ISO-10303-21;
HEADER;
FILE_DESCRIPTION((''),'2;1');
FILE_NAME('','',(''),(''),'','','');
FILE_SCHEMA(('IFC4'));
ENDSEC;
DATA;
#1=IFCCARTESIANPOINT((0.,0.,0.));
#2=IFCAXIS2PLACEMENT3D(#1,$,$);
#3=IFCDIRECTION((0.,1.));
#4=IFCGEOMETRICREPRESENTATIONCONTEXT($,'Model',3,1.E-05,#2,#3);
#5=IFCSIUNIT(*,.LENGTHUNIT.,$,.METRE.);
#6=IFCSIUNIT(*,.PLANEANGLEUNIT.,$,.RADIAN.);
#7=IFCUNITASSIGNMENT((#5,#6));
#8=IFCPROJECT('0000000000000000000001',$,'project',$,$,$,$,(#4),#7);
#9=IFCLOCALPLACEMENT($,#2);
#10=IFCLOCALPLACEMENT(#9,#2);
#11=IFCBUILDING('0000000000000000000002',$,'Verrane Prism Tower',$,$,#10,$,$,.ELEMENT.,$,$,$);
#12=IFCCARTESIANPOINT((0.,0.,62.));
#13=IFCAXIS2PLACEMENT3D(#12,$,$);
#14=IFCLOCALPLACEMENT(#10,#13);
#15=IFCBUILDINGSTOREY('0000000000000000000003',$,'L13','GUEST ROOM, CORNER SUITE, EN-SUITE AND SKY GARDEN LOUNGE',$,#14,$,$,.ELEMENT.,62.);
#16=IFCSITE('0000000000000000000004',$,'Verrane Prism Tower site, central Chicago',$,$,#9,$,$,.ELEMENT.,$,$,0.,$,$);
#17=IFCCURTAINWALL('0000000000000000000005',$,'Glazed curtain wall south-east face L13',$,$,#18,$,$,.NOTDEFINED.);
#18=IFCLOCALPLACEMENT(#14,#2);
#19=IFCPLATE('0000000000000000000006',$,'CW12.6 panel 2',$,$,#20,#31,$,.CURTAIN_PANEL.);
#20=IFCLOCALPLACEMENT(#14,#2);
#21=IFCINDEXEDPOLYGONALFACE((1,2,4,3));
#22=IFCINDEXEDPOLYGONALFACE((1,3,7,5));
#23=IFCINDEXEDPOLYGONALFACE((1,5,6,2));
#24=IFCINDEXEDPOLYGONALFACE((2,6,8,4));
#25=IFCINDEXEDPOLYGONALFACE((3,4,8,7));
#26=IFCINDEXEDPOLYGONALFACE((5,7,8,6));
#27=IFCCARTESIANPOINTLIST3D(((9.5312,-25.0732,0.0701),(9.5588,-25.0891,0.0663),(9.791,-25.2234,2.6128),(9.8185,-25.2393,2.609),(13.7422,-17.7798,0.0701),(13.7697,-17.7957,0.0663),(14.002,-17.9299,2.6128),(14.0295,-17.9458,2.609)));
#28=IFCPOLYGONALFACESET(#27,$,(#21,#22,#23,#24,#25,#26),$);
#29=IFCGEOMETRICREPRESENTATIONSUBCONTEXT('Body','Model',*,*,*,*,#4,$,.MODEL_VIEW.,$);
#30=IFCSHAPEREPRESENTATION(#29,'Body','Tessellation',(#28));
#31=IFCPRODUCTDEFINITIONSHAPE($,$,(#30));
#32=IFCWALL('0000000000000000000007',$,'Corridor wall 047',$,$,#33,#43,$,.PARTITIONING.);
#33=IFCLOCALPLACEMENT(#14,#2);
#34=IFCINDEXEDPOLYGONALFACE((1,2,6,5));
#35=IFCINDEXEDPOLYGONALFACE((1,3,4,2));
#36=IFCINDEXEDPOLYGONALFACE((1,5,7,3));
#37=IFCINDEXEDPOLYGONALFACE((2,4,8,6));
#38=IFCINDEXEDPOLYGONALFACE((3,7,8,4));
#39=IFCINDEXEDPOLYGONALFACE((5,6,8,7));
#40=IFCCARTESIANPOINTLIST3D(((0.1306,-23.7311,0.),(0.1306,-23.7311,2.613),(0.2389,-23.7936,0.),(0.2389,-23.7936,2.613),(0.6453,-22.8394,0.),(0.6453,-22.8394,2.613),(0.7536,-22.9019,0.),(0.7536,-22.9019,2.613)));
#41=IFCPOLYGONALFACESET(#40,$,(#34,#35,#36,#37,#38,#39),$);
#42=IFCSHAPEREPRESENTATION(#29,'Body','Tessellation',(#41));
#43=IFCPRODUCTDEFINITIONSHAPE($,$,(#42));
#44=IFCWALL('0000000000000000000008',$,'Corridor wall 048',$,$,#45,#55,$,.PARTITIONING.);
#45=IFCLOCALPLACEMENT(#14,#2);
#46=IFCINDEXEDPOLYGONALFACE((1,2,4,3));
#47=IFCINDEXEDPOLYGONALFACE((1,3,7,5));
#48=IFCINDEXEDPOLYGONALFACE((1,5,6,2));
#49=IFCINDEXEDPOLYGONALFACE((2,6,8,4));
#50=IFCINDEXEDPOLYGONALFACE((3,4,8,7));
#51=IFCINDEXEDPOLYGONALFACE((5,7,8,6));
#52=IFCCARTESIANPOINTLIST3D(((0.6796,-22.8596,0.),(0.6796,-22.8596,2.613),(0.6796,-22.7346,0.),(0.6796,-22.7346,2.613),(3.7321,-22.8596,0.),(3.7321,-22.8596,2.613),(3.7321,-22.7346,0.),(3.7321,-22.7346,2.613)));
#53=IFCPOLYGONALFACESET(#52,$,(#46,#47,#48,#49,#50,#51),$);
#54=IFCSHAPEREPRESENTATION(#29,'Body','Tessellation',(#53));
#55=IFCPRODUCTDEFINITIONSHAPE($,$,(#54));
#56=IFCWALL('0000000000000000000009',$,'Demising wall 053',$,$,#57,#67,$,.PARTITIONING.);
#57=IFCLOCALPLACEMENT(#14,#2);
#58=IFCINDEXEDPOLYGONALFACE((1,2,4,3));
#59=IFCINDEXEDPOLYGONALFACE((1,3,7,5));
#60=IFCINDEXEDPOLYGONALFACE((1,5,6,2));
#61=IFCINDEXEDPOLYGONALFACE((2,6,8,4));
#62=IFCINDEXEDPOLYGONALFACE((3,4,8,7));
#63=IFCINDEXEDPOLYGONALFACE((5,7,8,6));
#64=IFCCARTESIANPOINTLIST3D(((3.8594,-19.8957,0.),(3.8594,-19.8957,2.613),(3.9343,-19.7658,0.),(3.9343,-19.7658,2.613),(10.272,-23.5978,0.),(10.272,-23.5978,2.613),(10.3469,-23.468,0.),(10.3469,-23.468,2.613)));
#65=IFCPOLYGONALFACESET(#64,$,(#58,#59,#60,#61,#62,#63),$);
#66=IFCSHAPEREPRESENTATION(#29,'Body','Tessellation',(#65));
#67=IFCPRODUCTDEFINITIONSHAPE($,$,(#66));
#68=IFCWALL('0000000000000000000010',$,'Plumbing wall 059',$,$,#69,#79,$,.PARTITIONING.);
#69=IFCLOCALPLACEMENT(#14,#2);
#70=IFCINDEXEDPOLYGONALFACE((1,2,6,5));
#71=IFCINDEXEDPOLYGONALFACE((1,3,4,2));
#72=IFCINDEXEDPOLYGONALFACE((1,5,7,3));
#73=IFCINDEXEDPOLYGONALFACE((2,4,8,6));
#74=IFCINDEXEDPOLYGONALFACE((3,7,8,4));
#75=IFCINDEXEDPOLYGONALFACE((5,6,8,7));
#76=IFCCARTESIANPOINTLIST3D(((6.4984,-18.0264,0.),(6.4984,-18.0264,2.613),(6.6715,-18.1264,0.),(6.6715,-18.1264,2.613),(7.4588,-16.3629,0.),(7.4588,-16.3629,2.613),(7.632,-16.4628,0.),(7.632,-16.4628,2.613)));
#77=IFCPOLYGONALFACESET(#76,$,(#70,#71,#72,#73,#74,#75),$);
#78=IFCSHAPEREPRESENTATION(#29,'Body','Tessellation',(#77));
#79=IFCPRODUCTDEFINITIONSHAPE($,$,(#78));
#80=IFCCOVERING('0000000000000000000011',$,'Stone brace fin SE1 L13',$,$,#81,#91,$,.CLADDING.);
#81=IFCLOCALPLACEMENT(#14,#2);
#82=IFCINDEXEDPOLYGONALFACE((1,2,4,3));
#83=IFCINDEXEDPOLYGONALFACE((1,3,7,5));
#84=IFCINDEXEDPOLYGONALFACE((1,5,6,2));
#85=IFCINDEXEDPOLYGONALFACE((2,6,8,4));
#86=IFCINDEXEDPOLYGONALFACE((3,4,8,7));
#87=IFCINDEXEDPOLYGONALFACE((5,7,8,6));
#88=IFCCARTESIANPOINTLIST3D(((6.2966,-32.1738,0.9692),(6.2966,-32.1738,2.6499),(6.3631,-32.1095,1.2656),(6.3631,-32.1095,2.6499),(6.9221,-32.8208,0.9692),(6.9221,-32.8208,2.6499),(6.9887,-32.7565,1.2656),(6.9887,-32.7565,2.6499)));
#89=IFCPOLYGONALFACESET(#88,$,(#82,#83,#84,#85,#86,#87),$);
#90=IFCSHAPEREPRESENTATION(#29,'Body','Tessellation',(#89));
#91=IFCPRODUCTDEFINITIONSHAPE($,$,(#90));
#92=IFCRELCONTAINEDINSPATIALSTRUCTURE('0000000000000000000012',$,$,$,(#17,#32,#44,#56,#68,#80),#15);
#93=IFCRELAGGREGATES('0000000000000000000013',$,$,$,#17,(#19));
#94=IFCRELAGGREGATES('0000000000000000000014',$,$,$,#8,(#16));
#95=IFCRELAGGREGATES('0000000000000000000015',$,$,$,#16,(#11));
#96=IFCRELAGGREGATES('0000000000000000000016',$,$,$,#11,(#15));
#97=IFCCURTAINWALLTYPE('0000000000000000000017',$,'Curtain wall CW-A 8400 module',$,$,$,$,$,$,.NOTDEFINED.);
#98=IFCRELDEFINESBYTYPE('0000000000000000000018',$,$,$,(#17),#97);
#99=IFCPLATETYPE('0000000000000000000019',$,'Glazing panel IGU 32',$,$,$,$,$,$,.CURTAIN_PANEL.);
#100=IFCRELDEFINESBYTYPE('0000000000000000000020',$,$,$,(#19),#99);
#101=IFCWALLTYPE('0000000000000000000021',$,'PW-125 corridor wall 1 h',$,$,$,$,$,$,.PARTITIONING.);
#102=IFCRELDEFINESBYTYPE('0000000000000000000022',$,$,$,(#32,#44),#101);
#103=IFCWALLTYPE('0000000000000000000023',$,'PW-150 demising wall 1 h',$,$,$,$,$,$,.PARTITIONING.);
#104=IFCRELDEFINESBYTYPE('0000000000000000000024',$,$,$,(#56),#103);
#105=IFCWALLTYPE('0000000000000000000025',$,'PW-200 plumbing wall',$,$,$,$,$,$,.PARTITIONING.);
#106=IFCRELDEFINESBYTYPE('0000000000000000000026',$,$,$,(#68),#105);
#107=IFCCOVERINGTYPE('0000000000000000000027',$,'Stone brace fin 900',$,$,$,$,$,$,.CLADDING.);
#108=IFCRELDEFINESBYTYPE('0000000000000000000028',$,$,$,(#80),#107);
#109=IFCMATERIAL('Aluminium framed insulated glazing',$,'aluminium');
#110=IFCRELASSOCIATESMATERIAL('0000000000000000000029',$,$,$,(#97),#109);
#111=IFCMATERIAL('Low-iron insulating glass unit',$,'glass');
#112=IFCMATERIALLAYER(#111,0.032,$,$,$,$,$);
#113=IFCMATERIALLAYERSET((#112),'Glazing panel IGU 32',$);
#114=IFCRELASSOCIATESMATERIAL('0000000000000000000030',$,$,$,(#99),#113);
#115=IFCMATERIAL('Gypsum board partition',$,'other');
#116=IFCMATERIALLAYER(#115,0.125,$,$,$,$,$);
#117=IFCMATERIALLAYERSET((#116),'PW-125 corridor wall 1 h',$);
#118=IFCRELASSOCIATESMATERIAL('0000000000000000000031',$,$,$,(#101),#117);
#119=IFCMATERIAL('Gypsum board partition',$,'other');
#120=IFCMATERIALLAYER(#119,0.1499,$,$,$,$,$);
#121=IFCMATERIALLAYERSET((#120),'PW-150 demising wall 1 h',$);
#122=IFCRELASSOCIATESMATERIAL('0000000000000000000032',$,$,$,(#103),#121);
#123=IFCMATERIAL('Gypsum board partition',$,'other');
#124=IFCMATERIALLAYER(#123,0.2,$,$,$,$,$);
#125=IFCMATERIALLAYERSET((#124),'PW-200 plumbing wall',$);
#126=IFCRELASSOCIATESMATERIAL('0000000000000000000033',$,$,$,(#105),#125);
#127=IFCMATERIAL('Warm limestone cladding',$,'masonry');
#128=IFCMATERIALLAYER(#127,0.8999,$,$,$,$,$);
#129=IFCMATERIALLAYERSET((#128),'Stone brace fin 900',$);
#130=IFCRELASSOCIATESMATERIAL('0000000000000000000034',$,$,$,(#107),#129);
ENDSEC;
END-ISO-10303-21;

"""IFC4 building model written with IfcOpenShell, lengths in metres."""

from ifc_helpers import new_model, si_unit, direction, frame, frame_2d, origin, place, context, subcontext, project, spatial, polyline, rectangle, outline, extrude, material, layer, layer_set, type_object, element, aggregate, save


model = new_model("IFC4")

# Units and contexts
model_context = context("Model", 3, precision=1e-05, world=origin(), true_north=direction((0.0, 1.0)))
body_context = subcontext(model_context, "Body", "Model", "MODEL_VIEW")
ifc_project = project(units=[si_unit("LENGTHUNIT", "METRE"), si_unit("PLANEANGLEUNIT", "RADIAN")], contexts=[model_context])

# Site, building, storey
site_placement = place(None, origin())
site = spatial("IfcSite", under=ifc_project, at=site_placement, Name="Verrane Prism Tower site, central Chicago", CompositionType="ELEMENT", RefElevation=0.0)
building_placement = place(site_placement, origin())
building = spatial("IfcBuilding", under=site, at=building_placement, Name="Verrane Prism Tower", CompositionType="ELEMENT")
storey_placement = place(building_placement, frame((0.0, 0.0, 62.0)))
storey = spatial("IfcBuildingStorey", under=building, at=storey_placement, Name="L13", Description="GUEST ROOM, CORNER SUITE, EN-SUITE AND SKY GARDEN LOUNGE", CompositionType="ELEMENT", Elevation=62.0)

# Curtain wall
ifc_material_1 = material(Name="Aluminium framed insulated glazing", Category="aluminium")
curtain_wall_type = type_object("IfcCurtainWallType", Name="Curtain wall CW-A 8400 module", PredefinedType="NOTDEFINED", material=ifc_material_1)
curtain_wall_placement = place(storey_placement, origin())
curtain_wall = element("IfcCurtainWall", 1, at=curtain_wall_placement, inside=storey, type_object=curtain_wall_type, Name="Glazed curtain wall south-east face L13", PredefinedType="NOTDEFINED")

# Plate
ifc_material_2 = material(Name="Low-iron insulating glass unit", Category="glass")
ifc_layer_1 = layer(ifc_material_2, 0.032)
ifc_layer_set_1 = layer_set([ifc_layer_1], Name="Glazing panel IGU 32")
plate_type = type_object("IfcPlateType", Name="Glazing panel IGU 32", PredefinedType="CURTAIN_PANEL", material=ifc_layer_set_1)
plate_1_placement = place(storey_placement, frame((9.5312, -25.0732, 0.0701), z_axis=(-0.860056, 0.49656, 0.117185), x_axis=(0.500005, 0.866022, 0.0)))
plate_1 = element("IfcPlate", 2, at=plate_1_placement, type_object=plate_type, Name="CW12.6 panel 2", PredefinedType="CURTAIN_PANEL", context=body_context, shape_type="SweptSolid", body=[
    extrude(outline(polyline([(0.0, 0.0), (8.4218, 0.0), (8.4216, -2.5604), (-0.0001, -2.5604), (0.0, 0.0)])), origin(), (0.0, 0.0, -1.0), 0.032),
])
aggregate(curtain_wall, [plate_1])

# Walls
ifc_material_3 = material(Name="Gypsum board partition", Category="other")
ifc_layer_2 = layer(ifc_material_3, 0.125)
ifc_layer_set_2 = layer_set([ifc_layer_2], Name="PW-125 corridor wall 1 h")
wall_type_1 = type_object("IfcWallType", Name="PW-125 corridor wall 1 h", PredefinedType="PARTITIONING", material=ifc_layer_set_2)
wall_1_placement = place(storey_placement, frame((0.1848, -23.7622, 0.0), z_axis=(0.0, 0.0, 1.0), x_axis=(0.499914, 0.866075, 0.0)))
element("IfcWall", 3, at=wall_1_placement, inside=storey, type_object=wall_type_1, Name="Corridor wall 047", PredefinedType="PARTITIONING", context=body_context, shape_type="SweptSolid", body=[
    extrude(rectangle(XDim=1.0295, YDim=0.125, at=frame_2d((0.5146, 0.0))), origin(), (0.0, 0.0, 1.0), 2.613),
])
wall_2_placement = place(storey_placement, frame((0.6794, -22.7971, 0.0), z_axis=(0.0, 0.0, 1.0), x_axis=(1.0, 0.0, 0.0)))
element("IfcWall", 4, at=wall_2_placement, inside=storey, type_object=wall_type_1, Name="Corridor wall 048", PredefinedType="PARTITIONING", context=body_context, shape_type="SweptSolid", body=[
    extrude(rectangle(XDim=3.0525, YDim=0.125, at=frame_2d((1.5264, 0.0))), origin(), (0.0, 0.0, 1.0), 2.613),
])
ifc_material_4 = material(Name="Gypsum board partition", Category="other")
ifc_layer_3 = layer(ifc_material_4, 0.1499)
ifc_layer_set_3 = layer_set([ifc_layer_3], Name="PW-150 demising wall 1 h")
wall_type_2 = type_object("IfcWallType", Name="PW-150 demising wall 1 h", PredefinedType="PARTITIONING", material=ifc_layer_set_3)
wall_3_placement = place(storey_placement, frame((3.897, -19.8308, 0.0), z_axis=(0.0, 0.0, 1.0), x_axis=(0.866035, -0.499983, 0.0)))
element("IfcWall", 5, at=wall_3_placement, inside=storey, type_object=wall_type_2, Name="Demising wall 053", PredefinedType="PARTITIONING", context=body_context, shape_type="SweptSolid", body=[
    extrude(rectangle(XDim=7.4045, YDim=0.1499, at=frame_2d((3.7021, 0.0))), origin(), (0.0, 0.0, 1.0), 2.613),
])
ifc_material_5 = material(Name="Gypsum board partition", Category="other")
ifc_layer_4 = layer(ifc_material_5, 0.2)
ifc_layer_set_4 = layer_set([ifc_layer_4], Name="PW-200 plumbing wall")
wall_type_3 = type_object("IfcWallType", Name="PW-200 plumbing wall", PredefinedType="PARTITIONING", material=ifc_layer_set_4)
wall_4_placement = place(storey_placement, frame((6.585, -18.0764, 0.0), z_axis=(0.0, 0.0, 1.0), x_axis=(0.499994, 0.866029, 0.0)))
element("IfcWall", 6, at=wall_4_placement, inside=storey, type_object=wall_type_3, Name="Plumbing wall 059", PredefinedType="PARTITIONING", context=body_context, shape_type="SweptSolid", body=[
    extrude(rectangle(XDim=1.9209, YDim=0.2, at=frame_2d((0.9604, 0.0))), origin(), (0.0, 0.0, 1.0), 2.613),
])

# Covering
ifc_material_6 = material(Name="Warm limestone cladding", Category="masonry")
ifc_layer_5 = layer(ifc_material_6, 0.8999)
ifc_layer_set_5 = layer_set([ifc_layer_5], Name="Stone brace fin 900")
covering_type = type_object("IfcCoveringType", Name="Stone brace fin 900", PredefinedType="CLADDING", material=ifc_layer_set_5)
covering_placement = place(storey_placement, frame((6.6094, -32.4973, 0.9692), z_axis=(0.0, 0.0, 1.0), x_axis=(0.7189, 0.695113, 0.0)))
element("IfcCovering", 7, at=covering_placement, inside=storey, type_object=covering_type, Name="Stone brace fin SE1 L13", PredefinedType="CLADDING", context=body_context, shape_type="SweptSolid", body=[
    extrude(outline(polyline([(0.0925, 1.6807), (0.0, 1.6807), (0.0, 0.0), (0.0925, 0.2964), (0.0925, 1.6807)])), frame((0.0, 0.45, 0.0), z_axis=(0.0, -1.0, 0.0), x_axis=(1.0, 0.0, 0.0)), (0.0, 0.0, 1.0), 0.8999),
])

save(model, "model.ifc")
